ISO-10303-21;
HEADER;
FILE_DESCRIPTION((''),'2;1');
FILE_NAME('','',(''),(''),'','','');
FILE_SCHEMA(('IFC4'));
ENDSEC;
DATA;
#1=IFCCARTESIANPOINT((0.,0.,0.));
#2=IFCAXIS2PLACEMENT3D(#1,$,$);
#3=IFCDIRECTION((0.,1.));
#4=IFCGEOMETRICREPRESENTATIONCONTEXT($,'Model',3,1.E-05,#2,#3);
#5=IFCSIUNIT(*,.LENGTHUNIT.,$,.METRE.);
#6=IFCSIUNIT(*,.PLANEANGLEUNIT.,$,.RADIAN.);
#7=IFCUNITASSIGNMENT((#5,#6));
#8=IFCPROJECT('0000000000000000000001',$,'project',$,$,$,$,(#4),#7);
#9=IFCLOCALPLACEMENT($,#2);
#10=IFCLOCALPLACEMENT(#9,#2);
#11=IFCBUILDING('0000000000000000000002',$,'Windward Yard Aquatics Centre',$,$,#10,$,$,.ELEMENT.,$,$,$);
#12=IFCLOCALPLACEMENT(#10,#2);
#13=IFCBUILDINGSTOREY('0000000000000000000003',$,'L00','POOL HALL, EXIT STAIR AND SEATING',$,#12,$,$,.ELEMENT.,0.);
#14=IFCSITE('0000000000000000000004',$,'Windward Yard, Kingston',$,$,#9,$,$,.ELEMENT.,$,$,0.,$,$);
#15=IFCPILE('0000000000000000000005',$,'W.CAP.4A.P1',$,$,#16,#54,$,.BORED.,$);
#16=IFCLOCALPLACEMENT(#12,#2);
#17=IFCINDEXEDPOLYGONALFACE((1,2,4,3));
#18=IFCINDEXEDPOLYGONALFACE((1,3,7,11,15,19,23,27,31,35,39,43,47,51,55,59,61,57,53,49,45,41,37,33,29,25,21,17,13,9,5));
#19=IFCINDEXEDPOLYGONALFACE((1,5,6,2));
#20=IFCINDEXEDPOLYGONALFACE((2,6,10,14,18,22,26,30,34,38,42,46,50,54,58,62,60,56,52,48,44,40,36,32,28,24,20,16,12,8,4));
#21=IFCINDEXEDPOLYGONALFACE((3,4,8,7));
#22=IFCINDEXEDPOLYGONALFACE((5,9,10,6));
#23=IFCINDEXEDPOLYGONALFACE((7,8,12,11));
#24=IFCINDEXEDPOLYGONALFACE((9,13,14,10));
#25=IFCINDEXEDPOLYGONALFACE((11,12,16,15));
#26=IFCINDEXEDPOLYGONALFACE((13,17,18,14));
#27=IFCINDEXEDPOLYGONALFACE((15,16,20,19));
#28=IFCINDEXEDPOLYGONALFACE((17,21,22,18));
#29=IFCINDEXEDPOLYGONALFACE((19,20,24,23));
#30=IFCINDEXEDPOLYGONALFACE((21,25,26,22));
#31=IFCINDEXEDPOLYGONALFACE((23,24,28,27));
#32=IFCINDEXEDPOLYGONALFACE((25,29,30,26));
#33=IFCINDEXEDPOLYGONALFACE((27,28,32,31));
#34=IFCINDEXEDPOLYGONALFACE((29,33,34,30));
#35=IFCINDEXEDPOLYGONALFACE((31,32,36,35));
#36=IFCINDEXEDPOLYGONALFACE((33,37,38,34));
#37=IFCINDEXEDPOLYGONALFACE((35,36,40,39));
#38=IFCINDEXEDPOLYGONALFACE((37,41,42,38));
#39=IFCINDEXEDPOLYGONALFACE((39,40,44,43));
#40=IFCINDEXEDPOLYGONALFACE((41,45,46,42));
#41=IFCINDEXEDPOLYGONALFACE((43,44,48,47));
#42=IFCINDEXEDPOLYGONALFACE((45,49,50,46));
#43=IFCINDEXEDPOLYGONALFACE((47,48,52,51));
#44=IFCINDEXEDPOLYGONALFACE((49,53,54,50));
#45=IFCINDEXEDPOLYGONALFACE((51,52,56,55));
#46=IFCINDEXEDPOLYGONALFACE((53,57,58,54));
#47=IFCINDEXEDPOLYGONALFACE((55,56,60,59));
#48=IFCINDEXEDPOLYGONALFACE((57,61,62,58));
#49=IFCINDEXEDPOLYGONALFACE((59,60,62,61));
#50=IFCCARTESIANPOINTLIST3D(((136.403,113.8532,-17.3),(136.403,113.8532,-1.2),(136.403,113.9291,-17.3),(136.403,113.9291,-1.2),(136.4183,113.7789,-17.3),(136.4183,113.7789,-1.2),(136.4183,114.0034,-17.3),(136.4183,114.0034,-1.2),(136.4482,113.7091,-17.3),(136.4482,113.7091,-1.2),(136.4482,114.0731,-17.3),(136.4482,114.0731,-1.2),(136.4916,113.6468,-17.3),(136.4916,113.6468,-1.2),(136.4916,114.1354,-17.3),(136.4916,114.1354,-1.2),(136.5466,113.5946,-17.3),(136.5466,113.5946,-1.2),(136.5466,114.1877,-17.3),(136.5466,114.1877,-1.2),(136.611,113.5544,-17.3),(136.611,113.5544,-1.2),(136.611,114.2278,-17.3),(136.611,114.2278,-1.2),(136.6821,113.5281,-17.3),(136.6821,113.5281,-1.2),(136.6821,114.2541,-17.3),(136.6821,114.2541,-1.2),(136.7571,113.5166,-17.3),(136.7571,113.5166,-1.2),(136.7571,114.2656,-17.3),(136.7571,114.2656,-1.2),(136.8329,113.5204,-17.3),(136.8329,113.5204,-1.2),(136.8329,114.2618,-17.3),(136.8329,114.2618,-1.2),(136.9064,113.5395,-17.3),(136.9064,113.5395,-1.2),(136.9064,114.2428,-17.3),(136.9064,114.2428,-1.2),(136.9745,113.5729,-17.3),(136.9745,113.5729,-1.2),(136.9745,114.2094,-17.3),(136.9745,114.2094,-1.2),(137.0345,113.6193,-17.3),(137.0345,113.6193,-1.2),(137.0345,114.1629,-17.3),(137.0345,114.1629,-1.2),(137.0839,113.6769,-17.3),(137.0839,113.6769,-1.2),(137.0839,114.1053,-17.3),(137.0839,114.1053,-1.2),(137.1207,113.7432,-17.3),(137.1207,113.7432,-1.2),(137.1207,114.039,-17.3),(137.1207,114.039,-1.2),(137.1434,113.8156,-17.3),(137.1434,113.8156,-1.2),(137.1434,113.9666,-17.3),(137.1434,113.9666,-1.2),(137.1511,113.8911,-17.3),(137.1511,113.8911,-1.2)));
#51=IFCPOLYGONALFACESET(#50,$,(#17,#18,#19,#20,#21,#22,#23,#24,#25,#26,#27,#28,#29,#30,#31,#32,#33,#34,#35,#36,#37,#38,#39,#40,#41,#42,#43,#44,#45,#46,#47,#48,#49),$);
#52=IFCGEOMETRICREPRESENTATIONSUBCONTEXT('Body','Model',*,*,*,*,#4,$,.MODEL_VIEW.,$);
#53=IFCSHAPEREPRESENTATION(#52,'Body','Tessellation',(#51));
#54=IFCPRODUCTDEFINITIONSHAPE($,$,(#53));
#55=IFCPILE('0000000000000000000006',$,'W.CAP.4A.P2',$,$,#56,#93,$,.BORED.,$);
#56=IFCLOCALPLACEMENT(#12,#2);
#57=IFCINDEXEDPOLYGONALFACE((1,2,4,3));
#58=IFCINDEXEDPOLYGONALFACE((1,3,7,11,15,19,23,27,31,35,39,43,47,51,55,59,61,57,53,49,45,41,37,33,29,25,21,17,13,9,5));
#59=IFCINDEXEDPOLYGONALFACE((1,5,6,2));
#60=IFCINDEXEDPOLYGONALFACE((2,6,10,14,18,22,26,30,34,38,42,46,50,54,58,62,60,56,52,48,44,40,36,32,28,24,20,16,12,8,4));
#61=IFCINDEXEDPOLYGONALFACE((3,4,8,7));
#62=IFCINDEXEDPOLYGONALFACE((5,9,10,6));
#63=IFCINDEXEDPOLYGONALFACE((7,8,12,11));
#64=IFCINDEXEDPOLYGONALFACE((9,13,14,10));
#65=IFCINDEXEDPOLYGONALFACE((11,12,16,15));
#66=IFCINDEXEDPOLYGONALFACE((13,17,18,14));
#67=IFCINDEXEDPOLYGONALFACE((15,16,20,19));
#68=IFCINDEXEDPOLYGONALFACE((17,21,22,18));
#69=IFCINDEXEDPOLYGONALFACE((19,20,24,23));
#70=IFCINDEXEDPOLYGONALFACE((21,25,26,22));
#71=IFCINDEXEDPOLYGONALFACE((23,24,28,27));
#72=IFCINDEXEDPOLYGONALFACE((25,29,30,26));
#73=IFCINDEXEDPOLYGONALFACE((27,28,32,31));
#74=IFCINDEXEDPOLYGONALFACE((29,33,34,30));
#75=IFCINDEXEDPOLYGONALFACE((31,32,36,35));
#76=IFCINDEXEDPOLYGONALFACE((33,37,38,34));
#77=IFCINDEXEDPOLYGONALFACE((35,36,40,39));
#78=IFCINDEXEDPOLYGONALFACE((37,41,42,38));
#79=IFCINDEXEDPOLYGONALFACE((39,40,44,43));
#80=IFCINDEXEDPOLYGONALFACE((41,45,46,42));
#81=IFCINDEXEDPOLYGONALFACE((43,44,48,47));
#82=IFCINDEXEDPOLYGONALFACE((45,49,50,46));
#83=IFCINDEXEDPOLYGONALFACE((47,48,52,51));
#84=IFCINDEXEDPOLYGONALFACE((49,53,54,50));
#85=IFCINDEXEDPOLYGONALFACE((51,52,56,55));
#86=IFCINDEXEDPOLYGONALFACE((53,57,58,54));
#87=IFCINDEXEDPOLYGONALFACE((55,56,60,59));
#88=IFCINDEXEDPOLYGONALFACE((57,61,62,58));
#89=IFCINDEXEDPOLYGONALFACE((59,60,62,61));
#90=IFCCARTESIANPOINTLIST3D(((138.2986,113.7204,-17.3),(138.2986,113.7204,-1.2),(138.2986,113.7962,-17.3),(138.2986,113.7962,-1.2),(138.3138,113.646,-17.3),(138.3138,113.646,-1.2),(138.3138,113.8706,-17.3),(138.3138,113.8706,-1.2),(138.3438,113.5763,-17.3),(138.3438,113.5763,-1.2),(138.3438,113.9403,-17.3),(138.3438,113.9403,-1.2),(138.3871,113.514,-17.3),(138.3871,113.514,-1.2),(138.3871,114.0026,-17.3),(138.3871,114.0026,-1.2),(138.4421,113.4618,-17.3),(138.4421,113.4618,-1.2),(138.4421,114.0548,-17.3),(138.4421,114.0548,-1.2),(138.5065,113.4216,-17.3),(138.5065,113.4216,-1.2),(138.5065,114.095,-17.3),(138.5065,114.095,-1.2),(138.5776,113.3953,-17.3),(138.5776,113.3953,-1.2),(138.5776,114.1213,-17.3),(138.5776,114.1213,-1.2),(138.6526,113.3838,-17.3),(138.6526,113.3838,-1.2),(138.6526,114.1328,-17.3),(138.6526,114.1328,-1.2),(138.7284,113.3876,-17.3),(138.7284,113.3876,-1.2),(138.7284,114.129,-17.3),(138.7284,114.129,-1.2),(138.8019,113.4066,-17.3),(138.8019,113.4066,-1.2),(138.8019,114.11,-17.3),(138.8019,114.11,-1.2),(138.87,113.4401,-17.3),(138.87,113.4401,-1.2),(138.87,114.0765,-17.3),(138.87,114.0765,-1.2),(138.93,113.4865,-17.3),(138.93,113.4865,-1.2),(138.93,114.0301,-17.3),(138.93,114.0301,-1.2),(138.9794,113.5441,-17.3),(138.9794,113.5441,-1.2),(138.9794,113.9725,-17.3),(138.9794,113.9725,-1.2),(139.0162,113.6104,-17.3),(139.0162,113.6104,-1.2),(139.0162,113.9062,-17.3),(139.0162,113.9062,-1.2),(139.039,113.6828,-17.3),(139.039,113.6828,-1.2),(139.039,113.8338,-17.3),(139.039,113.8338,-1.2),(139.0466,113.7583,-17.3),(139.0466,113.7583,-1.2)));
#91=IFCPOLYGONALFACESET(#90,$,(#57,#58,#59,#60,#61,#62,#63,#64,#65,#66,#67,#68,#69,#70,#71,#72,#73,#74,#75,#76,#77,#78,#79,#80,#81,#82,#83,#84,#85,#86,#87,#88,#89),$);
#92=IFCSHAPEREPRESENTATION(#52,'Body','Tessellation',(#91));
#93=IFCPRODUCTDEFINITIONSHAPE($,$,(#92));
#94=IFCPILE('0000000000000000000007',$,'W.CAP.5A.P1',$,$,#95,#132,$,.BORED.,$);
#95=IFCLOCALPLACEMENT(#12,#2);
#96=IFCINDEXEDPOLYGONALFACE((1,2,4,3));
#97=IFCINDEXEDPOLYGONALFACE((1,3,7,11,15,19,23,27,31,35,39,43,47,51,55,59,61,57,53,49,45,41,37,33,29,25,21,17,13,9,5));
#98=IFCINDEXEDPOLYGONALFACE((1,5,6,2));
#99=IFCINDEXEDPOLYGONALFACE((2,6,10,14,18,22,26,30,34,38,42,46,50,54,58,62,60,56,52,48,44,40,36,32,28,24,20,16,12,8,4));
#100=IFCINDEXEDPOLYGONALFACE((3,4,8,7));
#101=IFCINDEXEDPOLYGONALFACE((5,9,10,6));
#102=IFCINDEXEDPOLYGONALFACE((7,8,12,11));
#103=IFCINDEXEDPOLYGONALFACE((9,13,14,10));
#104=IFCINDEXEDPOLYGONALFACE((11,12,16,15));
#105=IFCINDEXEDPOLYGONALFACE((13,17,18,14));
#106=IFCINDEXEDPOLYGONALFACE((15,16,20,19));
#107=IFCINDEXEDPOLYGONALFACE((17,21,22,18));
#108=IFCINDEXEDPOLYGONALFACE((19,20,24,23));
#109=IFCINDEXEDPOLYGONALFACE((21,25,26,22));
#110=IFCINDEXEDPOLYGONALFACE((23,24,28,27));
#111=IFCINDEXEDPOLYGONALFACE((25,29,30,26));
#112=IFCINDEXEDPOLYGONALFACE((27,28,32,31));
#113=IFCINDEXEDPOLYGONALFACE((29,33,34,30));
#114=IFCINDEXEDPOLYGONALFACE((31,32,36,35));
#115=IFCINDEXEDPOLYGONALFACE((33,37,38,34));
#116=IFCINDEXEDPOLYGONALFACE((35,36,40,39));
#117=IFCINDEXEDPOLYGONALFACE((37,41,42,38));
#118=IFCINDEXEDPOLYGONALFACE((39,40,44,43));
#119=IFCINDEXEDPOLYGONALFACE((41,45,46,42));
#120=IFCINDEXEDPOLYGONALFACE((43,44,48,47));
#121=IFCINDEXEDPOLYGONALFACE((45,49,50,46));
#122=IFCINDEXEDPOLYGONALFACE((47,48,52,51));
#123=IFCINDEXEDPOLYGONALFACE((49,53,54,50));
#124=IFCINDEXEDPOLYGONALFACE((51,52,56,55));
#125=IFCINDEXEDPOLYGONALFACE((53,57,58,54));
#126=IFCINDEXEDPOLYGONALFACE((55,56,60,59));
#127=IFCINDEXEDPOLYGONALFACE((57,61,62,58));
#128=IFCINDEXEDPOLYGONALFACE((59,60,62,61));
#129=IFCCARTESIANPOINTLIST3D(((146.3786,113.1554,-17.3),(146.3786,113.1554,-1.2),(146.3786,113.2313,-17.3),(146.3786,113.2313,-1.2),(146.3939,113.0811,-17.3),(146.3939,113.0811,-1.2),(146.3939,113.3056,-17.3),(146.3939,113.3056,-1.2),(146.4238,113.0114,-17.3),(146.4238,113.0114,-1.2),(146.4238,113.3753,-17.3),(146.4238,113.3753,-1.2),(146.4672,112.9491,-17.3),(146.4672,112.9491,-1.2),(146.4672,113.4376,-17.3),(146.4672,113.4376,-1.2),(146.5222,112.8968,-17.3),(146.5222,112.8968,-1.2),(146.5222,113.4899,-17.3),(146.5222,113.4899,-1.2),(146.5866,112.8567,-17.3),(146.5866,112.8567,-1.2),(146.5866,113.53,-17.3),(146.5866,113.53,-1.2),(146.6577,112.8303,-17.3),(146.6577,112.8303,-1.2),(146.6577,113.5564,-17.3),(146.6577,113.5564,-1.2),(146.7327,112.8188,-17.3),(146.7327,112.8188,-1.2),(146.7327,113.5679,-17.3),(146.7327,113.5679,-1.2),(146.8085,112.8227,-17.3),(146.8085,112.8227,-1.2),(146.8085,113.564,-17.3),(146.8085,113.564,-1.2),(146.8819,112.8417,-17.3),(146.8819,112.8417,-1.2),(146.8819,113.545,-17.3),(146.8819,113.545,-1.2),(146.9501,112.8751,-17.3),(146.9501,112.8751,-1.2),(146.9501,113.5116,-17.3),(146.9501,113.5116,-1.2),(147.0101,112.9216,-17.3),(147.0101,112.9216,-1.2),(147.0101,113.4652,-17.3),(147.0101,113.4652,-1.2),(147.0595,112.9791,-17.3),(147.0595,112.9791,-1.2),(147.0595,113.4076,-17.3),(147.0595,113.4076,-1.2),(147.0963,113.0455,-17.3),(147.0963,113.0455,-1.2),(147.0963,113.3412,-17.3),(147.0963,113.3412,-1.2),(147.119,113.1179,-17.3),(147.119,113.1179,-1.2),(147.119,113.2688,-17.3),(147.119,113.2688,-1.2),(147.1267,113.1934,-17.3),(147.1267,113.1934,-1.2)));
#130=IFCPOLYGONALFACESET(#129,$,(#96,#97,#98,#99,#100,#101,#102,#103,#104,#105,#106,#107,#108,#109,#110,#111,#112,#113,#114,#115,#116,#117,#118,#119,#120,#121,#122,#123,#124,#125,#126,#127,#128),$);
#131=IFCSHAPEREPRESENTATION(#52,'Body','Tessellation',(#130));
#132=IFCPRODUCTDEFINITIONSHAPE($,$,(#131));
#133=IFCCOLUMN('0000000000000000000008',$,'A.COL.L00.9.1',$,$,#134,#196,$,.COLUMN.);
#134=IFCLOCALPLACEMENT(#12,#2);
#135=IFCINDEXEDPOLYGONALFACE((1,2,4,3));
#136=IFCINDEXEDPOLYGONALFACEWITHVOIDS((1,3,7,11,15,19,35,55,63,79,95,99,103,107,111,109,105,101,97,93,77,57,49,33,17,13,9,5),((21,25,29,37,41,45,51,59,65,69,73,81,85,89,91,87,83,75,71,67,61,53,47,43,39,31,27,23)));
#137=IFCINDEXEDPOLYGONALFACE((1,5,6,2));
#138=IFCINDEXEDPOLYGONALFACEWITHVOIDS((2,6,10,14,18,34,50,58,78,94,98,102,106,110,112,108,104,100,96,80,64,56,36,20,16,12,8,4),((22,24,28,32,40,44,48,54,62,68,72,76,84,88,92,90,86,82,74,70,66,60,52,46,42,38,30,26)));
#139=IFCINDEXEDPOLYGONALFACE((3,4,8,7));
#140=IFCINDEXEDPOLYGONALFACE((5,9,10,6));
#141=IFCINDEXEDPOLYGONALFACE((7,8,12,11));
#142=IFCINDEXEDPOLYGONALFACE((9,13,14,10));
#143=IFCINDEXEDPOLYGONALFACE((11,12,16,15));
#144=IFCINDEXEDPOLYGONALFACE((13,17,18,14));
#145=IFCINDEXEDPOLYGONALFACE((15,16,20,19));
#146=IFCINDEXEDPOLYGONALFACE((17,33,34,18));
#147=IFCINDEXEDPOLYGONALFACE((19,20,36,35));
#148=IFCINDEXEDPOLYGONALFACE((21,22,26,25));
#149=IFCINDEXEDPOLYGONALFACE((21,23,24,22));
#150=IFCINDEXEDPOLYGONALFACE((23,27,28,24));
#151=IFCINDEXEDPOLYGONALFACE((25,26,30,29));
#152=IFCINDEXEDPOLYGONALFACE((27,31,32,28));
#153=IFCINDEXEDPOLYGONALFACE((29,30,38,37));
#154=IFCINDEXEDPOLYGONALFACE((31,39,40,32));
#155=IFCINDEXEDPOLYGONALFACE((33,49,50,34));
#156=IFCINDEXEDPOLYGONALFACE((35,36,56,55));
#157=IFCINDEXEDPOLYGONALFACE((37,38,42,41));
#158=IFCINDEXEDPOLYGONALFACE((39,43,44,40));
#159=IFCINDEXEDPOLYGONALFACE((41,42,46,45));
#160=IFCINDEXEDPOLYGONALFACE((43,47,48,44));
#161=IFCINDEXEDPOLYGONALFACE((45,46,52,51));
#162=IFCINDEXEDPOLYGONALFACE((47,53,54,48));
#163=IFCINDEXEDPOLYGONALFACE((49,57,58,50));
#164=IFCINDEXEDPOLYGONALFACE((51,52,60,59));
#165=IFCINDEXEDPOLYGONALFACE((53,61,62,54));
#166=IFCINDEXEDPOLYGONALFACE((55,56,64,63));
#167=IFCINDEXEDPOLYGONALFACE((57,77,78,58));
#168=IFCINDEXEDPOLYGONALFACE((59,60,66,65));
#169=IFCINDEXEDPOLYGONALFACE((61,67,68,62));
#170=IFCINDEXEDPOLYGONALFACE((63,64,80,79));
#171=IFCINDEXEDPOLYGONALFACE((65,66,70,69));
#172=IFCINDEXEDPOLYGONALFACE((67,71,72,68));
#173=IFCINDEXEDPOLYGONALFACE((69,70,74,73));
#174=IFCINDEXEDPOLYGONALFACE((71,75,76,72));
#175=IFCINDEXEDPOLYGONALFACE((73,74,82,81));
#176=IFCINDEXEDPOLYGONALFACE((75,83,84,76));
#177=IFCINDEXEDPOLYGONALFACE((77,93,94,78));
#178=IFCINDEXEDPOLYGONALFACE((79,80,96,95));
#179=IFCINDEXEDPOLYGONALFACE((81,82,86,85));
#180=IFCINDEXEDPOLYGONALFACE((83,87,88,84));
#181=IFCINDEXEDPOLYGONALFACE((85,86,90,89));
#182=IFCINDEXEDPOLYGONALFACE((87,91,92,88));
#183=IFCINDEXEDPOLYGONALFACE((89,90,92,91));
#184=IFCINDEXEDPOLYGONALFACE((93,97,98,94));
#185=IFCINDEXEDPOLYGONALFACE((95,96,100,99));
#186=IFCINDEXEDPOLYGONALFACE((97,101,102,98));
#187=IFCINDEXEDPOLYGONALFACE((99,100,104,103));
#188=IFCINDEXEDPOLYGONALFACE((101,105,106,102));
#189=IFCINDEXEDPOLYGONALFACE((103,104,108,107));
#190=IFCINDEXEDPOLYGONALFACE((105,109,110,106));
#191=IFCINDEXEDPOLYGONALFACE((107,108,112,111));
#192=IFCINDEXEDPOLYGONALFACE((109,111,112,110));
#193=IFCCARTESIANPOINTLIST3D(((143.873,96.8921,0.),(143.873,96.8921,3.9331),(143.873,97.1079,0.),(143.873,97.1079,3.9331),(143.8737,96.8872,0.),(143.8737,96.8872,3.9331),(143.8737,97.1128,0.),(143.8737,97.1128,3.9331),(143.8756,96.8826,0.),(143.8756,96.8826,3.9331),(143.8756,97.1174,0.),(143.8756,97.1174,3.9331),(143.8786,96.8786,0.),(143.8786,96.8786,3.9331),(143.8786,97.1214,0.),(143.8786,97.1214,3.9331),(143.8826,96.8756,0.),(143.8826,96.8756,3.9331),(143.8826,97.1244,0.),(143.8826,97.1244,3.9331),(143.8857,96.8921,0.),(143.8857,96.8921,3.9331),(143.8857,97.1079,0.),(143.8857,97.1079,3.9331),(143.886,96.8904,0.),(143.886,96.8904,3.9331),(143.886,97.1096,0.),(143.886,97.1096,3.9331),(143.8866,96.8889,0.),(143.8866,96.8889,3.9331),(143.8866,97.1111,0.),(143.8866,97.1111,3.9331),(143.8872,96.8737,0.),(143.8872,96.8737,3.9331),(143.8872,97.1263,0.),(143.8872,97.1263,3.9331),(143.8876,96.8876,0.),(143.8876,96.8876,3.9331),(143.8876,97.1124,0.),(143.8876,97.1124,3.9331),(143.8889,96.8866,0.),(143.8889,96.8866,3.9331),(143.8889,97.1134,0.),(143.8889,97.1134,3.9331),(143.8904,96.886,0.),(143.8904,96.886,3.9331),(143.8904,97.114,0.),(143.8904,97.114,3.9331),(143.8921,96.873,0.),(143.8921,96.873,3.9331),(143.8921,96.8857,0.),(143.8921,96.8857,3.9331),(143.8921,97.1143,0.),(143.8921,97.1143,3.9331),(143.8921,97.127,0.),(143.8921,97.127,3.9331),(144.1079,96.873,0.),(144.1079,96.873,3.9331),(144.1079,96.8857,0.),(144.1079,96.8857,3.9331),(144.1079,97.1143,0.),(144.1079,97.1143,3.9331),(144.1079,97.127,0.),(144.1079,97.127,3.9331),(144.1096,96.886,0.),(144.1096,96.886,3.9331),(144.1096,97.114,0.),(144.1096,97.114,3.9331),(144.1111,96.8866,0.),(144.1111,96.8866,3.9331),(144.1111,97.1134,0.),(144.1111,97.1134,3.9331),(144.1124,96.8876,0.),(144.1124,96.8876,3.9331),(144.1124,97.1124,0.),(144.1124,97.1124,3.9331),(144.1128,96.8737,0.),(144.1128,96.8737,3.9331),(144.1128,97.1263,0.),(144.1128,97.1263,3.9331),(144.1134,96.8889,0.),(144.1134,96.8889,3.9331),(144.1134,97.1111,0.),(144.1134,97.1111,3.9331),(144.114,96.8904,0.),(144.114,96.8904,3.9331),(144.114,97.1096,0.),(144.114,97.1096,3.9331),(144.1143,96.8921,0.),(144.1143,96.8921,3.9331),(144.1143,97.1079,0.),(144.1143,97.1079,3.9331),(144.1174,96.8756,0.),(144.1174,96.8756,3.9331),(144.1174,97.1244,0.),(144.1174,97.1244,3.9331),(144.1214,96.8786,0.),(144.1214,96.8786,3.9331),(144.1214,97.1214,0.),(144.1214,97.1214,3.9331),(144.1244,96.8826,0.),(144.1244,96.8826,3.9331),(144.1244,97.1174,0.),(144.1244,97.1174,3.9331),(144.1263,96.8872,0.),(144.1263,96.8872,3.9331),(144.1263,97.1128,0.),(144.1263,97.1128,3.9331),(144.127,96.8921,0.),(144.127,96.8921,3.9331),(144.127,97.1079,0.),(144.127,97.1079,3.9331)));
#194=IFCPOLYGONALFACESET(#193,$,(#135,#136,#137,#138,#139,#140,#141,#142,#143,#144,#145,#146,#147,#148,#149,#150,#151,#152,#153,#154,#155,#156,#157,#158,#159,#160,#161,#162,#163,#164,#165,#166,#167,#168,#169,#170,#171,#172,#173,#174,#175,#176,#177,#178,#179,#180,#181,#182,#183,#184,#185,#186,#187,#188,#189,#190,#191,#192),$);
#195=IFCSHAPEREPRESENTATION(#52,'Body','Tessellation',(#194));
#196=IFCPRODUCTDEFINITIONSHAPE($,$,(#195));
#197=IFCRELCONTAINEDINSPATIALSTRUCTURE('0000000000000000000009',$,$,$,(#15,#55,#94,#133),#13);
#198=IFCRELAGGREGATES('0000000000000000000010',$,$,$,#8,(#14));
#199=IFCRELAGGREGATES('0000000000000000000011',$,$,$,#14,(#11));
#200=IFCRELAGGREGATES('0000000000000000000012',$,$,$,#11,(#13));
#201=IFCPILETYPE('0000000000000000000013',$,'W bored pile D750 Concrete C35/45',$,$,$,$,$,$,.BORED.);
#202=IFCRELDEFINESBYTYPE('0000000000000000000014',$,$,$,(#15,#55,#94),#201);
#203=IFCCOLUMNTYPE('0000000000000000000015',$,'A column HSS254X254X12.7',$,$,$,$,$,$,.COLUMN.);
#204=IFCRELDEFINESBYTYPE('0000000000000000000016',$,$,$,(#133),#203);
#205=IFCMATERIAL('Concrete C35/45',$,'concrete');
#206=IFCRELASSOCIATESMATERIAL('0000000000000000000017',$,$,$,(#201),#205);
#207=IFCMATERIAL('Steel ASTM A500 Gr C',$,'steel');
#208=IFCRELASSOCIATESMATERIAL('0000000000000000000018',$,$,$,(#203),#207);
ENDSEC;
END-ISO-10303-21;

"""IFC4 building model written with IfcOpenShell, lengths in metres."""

from ifc_helpers import new_model, si_unit, direction, frame, origin, origin_2d, place, context, subcontext, project, spatial, hollow_rectangle, circle, extrude, material, material_profile, profile_set, type_object, element, save


model = new_model("IFC4")

# Units and contexts
model_context = context("Model", 3, precision=1e-05, world=origin(), true_north=direction((0.0, 1.0)))
body_context = subcontext(model_context, "Body", "Model", "MODEL_VIEW")
ifc_project = project(units=[si_unit("LENGTHUNIT", "METRE"), si_unit("PLANEANGLEUNIT", "RADIAN")], contexts=[model_context])

# Site, building, storey
site_placement = place(None, origin())
site = spatial("IfcSite", under=ifc_project, at=site_placement, Name="Windward Yard, Kingston", CompositionType="ELEMENT", RefElevation=0.0)
building_placement = place(site_placement, origin())
building = spatial("IfcBuilding", under=site, at=building_placement, Name="Windward Yard Aquatics Centre", CompositionType="ELEMENT")
storey_placement = place(building_placement, origin())
storey = spatial("IfcBuildingStorey", under=building, at=storey_placement, Name="L00", Description="POOL HALL, EXIT STAIR AND SEATING", CompositionType="ELEMENT", Elevation=0.0)

# Shared definitions
ifc_material_1 = material(Name="Concrete C35/45", Category="concrete")

# Piles
ifc_material_profile_1 = material_profile(ifc_material_1, circle(Radius=0.375, at=origin_2d()), Name="D750")
ifc_profile_set_1 = profile_set([ifc_material_profile_1], Name="Concrete C35/45")
pile_type_1 = type_object("IfcPileType", Name="W bored pile D750 Concrete C35/45", PredefinedType="BORED", material=ifc_profile_set_1)
for number, where, z_axis, x_axis, name in (
    (1, (136.7761, 113.8911, -1.2), (0.0, 0.0, -1.0), (1.0, 0.0, 0.0), "W.CAP.4A.P1"),
    (2, (138.6716, 113.7583, -1.2), (0.0, 0.0, -1.0), (1.0, 0.0, 0.0), "W.CAP.4A.P2"),
    (3, (146.7517, 113.1934, -1.2), (0.0, 0.0, -1.0), (1.0, 0.0, 0.0), "W.CAP.5A.P1"),
):
    element("IfcPile", number, at=place(storey_placement, frame(where, z_axis=z_axis, x_axis=x_axis)), inside=storey, type_object=pile_type_1, Name=name, PredefinedType="BORED", context=body_context, shape_type="SweptSolid", body=[
        extrude(circle(Radius=0.375, at=origin_2d()), origin(), (0.0, 0.0, 1.0), 16.1001),
    ])

# Column
ifc_material_2 = material(Name="Steel ASTM A500 Gr C", Category="steel")
ifc_material_profile_2 = material_profile(ifc_material_2, hollow_rectangle(XDim=0.2539, YDim=0.2539, WallThickness=0.0127, InnerFilletRadius=0.0063, OuterFilletRadius=0.019, at=origin_2d()), Name="HSS254X254X12.7")
ifc_profile_set_2 = profile_set([ifc_material_profile_2], Name="Steel ASTM A500 Gr C")
column_type = type_object("IfcColumnType", Name="A column HSS254X254X12.7", PredefinedType="COLUMN", material=ifc_profile_set_2)
for number, where, z_axis, x_axis, name in (
    (4, (144.0, 97.0, 0.0), (0.0, 0.0, 1.0), (1.0, 0.0, 0.0), "A.COL.L00.9.1"),
):
    element("IfcColumn", number, at=place(storey_placement, frame(where, z_axis=z_axis, x_axis=x_axis)), inside=storey, type_object=column_type, Name=name, PredefinedType="COLUMN", context=body_context, shape_type="SweptSolid", body=[
        extrude(hollow_rectangle(XDim=0.2539, YDim=0.2539, WallThickness=0.0127, InnerFilletRadius=0.0063, OuterFilletRadius=0.019, at=origin_2d()), origin(), (0.0, 0.0, 1.0), 3.9331),
    ])

save(model, "model.ifc")
